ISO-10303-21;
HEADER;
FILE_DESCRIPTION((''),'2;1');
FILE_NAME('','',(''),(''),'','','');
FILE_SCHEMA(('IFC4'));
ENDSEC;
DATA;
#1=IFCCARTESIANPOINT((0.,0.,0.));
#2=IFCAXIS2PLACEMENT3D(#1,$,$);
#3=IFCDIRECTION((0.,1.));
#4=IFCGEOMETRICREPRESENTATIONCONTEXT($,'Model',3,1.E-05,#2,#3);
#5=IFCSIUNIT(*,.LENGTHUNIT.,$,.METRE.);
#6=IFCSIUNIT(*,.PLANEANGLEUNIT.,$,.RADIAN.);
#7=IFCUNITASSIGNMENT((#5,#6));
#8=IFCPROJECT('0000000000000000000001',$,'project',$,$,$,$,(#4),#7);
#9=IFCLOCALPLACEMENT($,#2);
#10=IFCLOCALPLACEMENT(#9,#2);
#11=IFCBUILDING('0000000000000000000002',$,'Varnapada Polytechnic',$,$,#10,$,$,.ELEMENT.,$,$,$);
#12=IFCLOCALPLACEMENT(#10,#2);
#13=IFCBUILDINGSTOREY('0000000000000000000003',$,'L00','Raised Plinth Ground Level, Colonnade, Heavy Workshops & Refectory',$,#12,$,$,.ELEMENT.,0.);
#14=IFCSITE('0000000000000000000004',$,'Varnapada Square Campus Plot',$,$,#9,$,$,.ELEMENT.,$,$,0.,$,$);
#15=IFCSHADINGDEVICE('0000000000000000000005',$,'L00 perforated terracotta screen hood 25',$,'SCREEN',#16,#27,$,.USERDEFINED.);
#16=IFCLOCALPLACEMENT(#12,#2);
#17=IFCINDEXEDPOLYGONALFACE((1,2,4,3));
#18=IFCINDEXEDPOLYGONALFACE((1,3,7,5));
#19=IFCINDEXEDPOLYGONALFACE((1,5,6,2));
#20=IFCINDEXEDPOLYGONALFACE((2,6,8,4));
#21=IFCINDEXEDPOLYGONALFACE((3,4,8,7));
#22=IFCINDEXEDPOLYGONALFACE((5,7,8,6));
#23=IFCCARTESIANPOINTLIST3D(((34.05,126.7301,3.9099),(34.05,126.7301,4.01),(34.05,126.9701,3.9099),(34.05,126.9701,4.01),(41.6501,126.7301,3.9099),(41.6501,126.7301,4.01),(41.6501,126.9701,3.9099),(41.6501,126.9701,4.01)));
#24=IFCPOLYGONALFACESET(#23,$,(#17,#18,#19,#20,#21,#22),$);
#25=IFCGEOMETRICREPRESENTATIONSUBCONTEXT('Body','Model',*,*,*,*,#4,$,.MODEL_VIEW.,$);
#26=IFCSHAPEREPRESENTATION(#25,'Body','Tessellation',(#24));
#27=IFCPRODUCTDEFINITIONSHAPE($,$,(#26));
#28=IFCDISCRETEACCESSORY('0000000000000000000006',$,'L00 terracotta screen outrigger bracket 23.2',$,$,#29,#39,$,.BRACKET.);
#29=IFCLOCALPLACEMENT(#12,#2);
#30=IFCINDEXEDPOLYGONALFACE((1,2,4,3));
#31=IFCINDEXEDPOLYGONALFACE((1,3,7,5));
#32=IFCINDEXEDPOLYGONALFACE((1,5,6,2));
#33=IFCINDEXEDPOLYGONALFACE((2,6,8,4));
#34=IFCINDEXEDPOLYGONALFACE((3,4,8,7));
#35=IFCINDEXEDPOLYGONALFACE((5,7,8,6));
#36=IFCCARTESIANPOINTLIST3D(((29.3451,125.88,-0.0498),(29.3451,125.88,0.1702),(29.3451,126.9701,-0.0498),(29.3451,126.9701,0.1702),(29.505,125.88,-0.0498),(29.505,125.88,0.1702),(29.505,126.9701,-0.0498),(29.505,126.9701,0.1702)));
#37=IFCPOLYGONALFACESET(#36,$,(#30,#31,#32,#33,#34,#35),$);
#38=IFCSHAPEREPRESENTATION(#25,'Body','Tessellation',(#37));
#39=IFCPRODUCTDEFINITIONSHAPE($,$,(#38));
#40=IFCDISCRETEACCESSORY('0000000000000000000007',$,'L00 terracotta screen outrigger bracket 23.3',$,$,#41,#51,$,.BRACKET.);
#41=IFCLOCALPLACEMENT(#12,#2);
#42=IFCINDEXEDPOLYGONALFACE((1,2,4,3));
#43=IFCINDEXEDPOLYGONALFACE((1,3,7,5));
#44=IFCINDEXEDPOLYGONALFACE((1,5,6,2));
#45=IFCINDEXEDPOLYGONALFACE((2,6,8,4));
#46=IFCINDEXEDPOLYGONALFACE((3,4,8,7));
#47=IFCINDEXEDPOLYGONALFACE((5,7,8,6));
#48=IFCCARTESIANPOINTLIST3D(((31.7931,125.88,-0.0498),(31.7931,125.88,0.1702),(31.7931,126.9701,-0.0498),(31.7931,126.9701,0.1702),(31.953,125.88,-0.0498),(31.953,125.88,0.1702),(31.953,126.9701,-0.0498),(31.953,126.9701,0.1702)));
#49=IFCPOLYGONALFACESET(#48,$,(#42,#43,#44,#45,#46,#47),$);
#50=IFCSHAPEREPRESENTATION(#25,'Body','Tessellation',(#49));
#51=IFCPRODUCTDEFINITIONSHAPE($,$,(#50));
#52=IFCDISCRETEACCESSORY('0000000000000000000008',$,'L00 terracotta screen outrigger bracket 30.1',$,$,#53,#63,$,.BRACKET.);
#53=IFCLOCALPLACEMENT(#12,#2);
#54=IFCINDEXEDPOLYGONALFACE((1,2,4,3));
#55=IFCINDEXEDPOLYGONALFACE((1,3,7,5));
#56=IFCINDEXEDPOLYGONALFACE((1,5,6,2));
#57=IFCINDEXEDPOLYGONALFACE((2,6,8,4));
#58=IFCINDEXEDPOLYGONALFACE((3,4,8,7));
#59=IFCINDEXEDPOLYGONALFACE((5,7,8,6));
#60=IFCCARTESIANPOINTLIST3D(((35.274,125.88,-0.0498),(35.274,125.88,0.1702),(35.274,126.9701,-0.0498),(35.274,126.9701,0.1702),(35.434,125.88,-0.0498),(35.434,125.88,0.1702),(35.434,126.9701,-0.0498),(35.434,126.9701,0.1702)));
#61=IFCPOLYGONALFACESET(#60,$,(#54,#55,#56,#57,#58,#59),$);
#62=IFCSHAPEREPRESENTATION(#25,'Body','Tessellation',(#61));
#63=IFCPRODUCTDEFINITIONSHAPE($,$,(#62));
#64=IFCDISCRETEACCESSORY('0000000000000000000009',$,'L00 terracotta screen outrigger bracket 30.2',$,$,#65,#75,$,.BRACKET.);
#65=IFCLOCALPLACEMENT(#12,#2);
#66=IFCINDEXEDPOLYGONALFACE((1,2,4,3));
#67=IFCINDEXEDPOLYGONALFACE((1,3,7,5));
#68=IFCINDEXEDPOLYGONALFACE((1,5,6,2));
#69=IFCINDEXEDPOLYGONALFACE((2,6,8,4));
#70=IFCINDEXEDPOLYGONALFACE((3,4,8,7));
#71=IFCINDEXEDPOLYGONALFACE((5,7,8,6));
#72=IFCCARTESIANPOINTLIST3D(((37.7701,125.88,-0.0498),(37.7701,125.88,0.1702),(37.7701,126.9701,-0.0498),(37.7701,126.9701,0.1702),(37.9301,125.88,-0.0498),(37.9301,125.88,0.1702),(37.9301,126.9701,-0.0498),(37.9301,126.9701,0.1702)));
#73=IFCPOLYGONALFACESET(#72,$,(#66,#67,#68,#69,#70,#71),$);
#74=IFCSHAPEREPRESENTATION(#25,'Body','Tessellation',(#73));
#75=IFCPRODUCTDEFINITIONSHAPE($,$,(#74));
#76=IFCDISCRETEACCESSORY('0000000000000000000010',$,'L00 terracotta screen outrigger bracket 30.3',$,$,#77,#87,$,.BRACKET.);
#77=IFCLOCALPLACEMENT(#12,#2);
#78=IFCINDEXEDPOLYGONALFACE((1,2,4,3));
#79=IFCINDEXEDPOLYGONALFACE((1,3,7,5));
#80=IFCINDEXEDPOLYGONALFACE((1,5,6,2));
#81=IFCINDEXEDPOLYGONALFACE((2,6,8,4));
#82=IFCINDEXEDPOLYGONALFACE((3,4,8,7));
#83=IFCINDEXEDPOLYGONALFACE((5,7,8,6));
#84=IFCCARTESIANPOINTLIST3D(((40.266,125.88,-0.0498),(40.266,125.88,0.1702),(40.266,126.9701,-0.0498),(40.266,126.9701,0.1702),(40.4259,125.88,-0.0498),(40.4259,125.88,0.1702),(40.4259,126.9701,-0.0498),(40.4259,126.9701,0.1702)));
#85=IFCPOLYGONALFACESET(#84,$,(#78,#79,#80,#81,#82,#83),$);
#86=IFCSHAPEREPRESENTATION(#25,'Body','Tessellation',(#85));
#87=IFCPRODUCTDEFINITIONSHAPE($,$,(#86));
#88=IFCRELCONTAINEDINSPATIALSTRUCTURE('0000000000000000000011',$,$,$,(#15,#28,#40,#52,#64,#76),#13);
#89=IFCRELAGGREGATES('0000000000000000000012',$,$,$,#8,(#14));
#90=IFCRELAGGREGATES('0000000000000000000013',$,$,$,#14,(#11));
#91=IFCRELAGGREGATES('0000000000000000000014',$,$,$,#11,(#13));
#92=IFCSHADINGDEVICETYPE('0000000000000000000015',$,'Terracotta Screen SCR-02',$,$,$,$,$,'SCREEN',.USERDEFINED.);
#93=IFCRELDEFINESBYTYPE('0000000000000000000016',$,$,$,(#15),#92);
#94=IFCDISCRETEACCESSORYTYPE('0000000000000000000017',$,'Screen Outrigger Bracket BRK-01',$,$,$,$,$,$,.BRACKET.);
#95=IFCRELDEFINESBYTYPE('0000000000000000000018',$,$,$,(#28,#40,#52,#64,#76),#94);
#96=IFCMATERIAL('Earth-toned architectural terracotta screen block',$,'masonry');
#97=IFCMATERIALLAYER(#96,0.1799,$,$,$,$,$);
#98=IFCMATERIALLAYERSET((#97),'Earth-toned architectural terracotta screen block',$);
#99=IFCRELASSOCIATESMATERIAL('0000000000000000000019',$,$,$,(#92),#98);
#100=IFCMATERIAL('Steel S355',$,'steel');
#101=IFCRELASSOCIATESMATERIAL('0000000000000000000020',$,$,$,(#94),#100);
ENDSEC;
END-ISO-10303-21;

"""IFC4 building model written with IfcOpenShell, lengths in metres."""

from ifc_helpers import new_model, si_unit, direction, frame, origin, origin_2d, place, context, subcontext, project, spatial, rectangle, extrude, material, layer, layer_set, type_object, element, save


model = new_model("IFC4")

# Units and contexts
model_context = context("Model", 3, precision=1e-05, world=origin(), true_north=direction((0.0, 1.0)))
body_context = subcontext(model_context, "Body", "Model", "MODEL_VIEW")
ifc_project = project(units=[si_unit("LENGTHUNIT", "METRE"), si_unit("PLANEANGLEUNIT", "RADIAN")], contexts=[model_context])

# Site, building, storey
site_placement = place(None, origin())
site = spatial("IfcSite", under=ifc_project, at=site_placement, Name="Varnapada Square Campus Plot", CompositionType="ELEMENT", RefElevation=0.0)
building_placement = place(site_placement, origin())
building = spatial("IfcBuilding", under=site, at=building_placement, Name="Varnapada Polytechnic", CompositionType="ELEMENT")
storey_placement = place(building_placement, origin())
storey = spatial("IfcBuildingStorey", under=building, at=storey_placement, Name="L00", Description="Raised Plinth Ground Level, Colonnade, Heavy Workshops & Refectory", CompositionType="ELEMENT", Elevation=0.0)

# Shared definitions
ifc_material_1 = material(Name="Earth-toned architectural terracotta screen block", Category="masonry")

# Shading device
ifc_layer_1 = layer(ifc_material_1, 0.1799)
ifc_layer_set_1 = layer_set([ifc_layer_1], Name="Earth-toned architectural terracotta screen block")
shading_device_type = type_object("IfcShadingDeviceType", Name="Terracotta Screen SCR-02", ElementType="SCREEN", PredefinedType="USERDEFINED", material=ifc_layer_set_1)
shading_device_1_placement = place(storey_placement, frame((37.8501, 126.8501, 3.9099), z_axis=(0.0, 0.0, 1.0), x_axis=(1.0, 0.0, 0.0)))
element("IfcShadingDevice", 1, at=shading_device_1_placement, inside=storey, type_object=shading_device_type, Name="L00 perforated terracotta screen hood 25", ObjectType="SCREEN", PredefinedType="USERDEFINED", context=body_context, shape_type="SweptSolid", body=[
    extrude(rectangle(XDim=7.6001, YDim=0.24, at=origin_2d()), origin(), (0.0, 0.0, 1.0), 0.1001),
])

# Discrete accessories
ifc_material_2 = material(Name="Steel S355", Category="steel")
discrete_accessory_type = type_object("IfcDiscreteAccessoryType", Name="Screen Outrigger Bracket BRK-01", PredefinedType="BRACKET", material=ifc_material_2)
for number, where, z_axis, x_axis, name in (
    (2, (29.425, 126.425, -0.0498), (0.0, 0.0, 1.0), (1.0, 0.0, 0.0), "L00 terracotta screen outrigger bracket 23.2"),
    (3, (31.873, 126.425, -0.0498), (0.0, 0.0, 1.0), (1.0, 0.0, 0.0), "L00 terracotta screen outrigger bracket 23.3"),
    (4, (35.354, 126.425, -0.0498), (0.0, 0.0, 1.0), (1.0, 0.0, 0.0), "L00 terracotta screen outrigger bracket 30.1"),
    (5, (37.8501, 126.425, -0.0498), (0.0, 0.0, 1.0), (1.0, 0.0, 0.0), "L00 terracotta screen outrigger bracket 30.2"),
    (6, (40.3459, 126.425, -0.0498), (0.0, 0.0, 1.0), (1.0, 0.0, 0.0), "L00 terracotta screen outrigger bracket 30.3"),
):
    element("IfcDiscreteAccessory", number, at=place(storey_placement, frame(where, z_axis=z_axis, x_axis=x_axis)), inside=storey, type_object=discrete_accessory_type, Name=name, PredefinedType="BRACKET", context=body_context, shape_type="SweptSolid", body=[
        extrude(rectangle(XDim=0.1599, YDim=1.0901, at=origin_2d()), origin(), (0.0, 0.0, 1.0), 0.22),
    ])

save(model, "model.ifc")
